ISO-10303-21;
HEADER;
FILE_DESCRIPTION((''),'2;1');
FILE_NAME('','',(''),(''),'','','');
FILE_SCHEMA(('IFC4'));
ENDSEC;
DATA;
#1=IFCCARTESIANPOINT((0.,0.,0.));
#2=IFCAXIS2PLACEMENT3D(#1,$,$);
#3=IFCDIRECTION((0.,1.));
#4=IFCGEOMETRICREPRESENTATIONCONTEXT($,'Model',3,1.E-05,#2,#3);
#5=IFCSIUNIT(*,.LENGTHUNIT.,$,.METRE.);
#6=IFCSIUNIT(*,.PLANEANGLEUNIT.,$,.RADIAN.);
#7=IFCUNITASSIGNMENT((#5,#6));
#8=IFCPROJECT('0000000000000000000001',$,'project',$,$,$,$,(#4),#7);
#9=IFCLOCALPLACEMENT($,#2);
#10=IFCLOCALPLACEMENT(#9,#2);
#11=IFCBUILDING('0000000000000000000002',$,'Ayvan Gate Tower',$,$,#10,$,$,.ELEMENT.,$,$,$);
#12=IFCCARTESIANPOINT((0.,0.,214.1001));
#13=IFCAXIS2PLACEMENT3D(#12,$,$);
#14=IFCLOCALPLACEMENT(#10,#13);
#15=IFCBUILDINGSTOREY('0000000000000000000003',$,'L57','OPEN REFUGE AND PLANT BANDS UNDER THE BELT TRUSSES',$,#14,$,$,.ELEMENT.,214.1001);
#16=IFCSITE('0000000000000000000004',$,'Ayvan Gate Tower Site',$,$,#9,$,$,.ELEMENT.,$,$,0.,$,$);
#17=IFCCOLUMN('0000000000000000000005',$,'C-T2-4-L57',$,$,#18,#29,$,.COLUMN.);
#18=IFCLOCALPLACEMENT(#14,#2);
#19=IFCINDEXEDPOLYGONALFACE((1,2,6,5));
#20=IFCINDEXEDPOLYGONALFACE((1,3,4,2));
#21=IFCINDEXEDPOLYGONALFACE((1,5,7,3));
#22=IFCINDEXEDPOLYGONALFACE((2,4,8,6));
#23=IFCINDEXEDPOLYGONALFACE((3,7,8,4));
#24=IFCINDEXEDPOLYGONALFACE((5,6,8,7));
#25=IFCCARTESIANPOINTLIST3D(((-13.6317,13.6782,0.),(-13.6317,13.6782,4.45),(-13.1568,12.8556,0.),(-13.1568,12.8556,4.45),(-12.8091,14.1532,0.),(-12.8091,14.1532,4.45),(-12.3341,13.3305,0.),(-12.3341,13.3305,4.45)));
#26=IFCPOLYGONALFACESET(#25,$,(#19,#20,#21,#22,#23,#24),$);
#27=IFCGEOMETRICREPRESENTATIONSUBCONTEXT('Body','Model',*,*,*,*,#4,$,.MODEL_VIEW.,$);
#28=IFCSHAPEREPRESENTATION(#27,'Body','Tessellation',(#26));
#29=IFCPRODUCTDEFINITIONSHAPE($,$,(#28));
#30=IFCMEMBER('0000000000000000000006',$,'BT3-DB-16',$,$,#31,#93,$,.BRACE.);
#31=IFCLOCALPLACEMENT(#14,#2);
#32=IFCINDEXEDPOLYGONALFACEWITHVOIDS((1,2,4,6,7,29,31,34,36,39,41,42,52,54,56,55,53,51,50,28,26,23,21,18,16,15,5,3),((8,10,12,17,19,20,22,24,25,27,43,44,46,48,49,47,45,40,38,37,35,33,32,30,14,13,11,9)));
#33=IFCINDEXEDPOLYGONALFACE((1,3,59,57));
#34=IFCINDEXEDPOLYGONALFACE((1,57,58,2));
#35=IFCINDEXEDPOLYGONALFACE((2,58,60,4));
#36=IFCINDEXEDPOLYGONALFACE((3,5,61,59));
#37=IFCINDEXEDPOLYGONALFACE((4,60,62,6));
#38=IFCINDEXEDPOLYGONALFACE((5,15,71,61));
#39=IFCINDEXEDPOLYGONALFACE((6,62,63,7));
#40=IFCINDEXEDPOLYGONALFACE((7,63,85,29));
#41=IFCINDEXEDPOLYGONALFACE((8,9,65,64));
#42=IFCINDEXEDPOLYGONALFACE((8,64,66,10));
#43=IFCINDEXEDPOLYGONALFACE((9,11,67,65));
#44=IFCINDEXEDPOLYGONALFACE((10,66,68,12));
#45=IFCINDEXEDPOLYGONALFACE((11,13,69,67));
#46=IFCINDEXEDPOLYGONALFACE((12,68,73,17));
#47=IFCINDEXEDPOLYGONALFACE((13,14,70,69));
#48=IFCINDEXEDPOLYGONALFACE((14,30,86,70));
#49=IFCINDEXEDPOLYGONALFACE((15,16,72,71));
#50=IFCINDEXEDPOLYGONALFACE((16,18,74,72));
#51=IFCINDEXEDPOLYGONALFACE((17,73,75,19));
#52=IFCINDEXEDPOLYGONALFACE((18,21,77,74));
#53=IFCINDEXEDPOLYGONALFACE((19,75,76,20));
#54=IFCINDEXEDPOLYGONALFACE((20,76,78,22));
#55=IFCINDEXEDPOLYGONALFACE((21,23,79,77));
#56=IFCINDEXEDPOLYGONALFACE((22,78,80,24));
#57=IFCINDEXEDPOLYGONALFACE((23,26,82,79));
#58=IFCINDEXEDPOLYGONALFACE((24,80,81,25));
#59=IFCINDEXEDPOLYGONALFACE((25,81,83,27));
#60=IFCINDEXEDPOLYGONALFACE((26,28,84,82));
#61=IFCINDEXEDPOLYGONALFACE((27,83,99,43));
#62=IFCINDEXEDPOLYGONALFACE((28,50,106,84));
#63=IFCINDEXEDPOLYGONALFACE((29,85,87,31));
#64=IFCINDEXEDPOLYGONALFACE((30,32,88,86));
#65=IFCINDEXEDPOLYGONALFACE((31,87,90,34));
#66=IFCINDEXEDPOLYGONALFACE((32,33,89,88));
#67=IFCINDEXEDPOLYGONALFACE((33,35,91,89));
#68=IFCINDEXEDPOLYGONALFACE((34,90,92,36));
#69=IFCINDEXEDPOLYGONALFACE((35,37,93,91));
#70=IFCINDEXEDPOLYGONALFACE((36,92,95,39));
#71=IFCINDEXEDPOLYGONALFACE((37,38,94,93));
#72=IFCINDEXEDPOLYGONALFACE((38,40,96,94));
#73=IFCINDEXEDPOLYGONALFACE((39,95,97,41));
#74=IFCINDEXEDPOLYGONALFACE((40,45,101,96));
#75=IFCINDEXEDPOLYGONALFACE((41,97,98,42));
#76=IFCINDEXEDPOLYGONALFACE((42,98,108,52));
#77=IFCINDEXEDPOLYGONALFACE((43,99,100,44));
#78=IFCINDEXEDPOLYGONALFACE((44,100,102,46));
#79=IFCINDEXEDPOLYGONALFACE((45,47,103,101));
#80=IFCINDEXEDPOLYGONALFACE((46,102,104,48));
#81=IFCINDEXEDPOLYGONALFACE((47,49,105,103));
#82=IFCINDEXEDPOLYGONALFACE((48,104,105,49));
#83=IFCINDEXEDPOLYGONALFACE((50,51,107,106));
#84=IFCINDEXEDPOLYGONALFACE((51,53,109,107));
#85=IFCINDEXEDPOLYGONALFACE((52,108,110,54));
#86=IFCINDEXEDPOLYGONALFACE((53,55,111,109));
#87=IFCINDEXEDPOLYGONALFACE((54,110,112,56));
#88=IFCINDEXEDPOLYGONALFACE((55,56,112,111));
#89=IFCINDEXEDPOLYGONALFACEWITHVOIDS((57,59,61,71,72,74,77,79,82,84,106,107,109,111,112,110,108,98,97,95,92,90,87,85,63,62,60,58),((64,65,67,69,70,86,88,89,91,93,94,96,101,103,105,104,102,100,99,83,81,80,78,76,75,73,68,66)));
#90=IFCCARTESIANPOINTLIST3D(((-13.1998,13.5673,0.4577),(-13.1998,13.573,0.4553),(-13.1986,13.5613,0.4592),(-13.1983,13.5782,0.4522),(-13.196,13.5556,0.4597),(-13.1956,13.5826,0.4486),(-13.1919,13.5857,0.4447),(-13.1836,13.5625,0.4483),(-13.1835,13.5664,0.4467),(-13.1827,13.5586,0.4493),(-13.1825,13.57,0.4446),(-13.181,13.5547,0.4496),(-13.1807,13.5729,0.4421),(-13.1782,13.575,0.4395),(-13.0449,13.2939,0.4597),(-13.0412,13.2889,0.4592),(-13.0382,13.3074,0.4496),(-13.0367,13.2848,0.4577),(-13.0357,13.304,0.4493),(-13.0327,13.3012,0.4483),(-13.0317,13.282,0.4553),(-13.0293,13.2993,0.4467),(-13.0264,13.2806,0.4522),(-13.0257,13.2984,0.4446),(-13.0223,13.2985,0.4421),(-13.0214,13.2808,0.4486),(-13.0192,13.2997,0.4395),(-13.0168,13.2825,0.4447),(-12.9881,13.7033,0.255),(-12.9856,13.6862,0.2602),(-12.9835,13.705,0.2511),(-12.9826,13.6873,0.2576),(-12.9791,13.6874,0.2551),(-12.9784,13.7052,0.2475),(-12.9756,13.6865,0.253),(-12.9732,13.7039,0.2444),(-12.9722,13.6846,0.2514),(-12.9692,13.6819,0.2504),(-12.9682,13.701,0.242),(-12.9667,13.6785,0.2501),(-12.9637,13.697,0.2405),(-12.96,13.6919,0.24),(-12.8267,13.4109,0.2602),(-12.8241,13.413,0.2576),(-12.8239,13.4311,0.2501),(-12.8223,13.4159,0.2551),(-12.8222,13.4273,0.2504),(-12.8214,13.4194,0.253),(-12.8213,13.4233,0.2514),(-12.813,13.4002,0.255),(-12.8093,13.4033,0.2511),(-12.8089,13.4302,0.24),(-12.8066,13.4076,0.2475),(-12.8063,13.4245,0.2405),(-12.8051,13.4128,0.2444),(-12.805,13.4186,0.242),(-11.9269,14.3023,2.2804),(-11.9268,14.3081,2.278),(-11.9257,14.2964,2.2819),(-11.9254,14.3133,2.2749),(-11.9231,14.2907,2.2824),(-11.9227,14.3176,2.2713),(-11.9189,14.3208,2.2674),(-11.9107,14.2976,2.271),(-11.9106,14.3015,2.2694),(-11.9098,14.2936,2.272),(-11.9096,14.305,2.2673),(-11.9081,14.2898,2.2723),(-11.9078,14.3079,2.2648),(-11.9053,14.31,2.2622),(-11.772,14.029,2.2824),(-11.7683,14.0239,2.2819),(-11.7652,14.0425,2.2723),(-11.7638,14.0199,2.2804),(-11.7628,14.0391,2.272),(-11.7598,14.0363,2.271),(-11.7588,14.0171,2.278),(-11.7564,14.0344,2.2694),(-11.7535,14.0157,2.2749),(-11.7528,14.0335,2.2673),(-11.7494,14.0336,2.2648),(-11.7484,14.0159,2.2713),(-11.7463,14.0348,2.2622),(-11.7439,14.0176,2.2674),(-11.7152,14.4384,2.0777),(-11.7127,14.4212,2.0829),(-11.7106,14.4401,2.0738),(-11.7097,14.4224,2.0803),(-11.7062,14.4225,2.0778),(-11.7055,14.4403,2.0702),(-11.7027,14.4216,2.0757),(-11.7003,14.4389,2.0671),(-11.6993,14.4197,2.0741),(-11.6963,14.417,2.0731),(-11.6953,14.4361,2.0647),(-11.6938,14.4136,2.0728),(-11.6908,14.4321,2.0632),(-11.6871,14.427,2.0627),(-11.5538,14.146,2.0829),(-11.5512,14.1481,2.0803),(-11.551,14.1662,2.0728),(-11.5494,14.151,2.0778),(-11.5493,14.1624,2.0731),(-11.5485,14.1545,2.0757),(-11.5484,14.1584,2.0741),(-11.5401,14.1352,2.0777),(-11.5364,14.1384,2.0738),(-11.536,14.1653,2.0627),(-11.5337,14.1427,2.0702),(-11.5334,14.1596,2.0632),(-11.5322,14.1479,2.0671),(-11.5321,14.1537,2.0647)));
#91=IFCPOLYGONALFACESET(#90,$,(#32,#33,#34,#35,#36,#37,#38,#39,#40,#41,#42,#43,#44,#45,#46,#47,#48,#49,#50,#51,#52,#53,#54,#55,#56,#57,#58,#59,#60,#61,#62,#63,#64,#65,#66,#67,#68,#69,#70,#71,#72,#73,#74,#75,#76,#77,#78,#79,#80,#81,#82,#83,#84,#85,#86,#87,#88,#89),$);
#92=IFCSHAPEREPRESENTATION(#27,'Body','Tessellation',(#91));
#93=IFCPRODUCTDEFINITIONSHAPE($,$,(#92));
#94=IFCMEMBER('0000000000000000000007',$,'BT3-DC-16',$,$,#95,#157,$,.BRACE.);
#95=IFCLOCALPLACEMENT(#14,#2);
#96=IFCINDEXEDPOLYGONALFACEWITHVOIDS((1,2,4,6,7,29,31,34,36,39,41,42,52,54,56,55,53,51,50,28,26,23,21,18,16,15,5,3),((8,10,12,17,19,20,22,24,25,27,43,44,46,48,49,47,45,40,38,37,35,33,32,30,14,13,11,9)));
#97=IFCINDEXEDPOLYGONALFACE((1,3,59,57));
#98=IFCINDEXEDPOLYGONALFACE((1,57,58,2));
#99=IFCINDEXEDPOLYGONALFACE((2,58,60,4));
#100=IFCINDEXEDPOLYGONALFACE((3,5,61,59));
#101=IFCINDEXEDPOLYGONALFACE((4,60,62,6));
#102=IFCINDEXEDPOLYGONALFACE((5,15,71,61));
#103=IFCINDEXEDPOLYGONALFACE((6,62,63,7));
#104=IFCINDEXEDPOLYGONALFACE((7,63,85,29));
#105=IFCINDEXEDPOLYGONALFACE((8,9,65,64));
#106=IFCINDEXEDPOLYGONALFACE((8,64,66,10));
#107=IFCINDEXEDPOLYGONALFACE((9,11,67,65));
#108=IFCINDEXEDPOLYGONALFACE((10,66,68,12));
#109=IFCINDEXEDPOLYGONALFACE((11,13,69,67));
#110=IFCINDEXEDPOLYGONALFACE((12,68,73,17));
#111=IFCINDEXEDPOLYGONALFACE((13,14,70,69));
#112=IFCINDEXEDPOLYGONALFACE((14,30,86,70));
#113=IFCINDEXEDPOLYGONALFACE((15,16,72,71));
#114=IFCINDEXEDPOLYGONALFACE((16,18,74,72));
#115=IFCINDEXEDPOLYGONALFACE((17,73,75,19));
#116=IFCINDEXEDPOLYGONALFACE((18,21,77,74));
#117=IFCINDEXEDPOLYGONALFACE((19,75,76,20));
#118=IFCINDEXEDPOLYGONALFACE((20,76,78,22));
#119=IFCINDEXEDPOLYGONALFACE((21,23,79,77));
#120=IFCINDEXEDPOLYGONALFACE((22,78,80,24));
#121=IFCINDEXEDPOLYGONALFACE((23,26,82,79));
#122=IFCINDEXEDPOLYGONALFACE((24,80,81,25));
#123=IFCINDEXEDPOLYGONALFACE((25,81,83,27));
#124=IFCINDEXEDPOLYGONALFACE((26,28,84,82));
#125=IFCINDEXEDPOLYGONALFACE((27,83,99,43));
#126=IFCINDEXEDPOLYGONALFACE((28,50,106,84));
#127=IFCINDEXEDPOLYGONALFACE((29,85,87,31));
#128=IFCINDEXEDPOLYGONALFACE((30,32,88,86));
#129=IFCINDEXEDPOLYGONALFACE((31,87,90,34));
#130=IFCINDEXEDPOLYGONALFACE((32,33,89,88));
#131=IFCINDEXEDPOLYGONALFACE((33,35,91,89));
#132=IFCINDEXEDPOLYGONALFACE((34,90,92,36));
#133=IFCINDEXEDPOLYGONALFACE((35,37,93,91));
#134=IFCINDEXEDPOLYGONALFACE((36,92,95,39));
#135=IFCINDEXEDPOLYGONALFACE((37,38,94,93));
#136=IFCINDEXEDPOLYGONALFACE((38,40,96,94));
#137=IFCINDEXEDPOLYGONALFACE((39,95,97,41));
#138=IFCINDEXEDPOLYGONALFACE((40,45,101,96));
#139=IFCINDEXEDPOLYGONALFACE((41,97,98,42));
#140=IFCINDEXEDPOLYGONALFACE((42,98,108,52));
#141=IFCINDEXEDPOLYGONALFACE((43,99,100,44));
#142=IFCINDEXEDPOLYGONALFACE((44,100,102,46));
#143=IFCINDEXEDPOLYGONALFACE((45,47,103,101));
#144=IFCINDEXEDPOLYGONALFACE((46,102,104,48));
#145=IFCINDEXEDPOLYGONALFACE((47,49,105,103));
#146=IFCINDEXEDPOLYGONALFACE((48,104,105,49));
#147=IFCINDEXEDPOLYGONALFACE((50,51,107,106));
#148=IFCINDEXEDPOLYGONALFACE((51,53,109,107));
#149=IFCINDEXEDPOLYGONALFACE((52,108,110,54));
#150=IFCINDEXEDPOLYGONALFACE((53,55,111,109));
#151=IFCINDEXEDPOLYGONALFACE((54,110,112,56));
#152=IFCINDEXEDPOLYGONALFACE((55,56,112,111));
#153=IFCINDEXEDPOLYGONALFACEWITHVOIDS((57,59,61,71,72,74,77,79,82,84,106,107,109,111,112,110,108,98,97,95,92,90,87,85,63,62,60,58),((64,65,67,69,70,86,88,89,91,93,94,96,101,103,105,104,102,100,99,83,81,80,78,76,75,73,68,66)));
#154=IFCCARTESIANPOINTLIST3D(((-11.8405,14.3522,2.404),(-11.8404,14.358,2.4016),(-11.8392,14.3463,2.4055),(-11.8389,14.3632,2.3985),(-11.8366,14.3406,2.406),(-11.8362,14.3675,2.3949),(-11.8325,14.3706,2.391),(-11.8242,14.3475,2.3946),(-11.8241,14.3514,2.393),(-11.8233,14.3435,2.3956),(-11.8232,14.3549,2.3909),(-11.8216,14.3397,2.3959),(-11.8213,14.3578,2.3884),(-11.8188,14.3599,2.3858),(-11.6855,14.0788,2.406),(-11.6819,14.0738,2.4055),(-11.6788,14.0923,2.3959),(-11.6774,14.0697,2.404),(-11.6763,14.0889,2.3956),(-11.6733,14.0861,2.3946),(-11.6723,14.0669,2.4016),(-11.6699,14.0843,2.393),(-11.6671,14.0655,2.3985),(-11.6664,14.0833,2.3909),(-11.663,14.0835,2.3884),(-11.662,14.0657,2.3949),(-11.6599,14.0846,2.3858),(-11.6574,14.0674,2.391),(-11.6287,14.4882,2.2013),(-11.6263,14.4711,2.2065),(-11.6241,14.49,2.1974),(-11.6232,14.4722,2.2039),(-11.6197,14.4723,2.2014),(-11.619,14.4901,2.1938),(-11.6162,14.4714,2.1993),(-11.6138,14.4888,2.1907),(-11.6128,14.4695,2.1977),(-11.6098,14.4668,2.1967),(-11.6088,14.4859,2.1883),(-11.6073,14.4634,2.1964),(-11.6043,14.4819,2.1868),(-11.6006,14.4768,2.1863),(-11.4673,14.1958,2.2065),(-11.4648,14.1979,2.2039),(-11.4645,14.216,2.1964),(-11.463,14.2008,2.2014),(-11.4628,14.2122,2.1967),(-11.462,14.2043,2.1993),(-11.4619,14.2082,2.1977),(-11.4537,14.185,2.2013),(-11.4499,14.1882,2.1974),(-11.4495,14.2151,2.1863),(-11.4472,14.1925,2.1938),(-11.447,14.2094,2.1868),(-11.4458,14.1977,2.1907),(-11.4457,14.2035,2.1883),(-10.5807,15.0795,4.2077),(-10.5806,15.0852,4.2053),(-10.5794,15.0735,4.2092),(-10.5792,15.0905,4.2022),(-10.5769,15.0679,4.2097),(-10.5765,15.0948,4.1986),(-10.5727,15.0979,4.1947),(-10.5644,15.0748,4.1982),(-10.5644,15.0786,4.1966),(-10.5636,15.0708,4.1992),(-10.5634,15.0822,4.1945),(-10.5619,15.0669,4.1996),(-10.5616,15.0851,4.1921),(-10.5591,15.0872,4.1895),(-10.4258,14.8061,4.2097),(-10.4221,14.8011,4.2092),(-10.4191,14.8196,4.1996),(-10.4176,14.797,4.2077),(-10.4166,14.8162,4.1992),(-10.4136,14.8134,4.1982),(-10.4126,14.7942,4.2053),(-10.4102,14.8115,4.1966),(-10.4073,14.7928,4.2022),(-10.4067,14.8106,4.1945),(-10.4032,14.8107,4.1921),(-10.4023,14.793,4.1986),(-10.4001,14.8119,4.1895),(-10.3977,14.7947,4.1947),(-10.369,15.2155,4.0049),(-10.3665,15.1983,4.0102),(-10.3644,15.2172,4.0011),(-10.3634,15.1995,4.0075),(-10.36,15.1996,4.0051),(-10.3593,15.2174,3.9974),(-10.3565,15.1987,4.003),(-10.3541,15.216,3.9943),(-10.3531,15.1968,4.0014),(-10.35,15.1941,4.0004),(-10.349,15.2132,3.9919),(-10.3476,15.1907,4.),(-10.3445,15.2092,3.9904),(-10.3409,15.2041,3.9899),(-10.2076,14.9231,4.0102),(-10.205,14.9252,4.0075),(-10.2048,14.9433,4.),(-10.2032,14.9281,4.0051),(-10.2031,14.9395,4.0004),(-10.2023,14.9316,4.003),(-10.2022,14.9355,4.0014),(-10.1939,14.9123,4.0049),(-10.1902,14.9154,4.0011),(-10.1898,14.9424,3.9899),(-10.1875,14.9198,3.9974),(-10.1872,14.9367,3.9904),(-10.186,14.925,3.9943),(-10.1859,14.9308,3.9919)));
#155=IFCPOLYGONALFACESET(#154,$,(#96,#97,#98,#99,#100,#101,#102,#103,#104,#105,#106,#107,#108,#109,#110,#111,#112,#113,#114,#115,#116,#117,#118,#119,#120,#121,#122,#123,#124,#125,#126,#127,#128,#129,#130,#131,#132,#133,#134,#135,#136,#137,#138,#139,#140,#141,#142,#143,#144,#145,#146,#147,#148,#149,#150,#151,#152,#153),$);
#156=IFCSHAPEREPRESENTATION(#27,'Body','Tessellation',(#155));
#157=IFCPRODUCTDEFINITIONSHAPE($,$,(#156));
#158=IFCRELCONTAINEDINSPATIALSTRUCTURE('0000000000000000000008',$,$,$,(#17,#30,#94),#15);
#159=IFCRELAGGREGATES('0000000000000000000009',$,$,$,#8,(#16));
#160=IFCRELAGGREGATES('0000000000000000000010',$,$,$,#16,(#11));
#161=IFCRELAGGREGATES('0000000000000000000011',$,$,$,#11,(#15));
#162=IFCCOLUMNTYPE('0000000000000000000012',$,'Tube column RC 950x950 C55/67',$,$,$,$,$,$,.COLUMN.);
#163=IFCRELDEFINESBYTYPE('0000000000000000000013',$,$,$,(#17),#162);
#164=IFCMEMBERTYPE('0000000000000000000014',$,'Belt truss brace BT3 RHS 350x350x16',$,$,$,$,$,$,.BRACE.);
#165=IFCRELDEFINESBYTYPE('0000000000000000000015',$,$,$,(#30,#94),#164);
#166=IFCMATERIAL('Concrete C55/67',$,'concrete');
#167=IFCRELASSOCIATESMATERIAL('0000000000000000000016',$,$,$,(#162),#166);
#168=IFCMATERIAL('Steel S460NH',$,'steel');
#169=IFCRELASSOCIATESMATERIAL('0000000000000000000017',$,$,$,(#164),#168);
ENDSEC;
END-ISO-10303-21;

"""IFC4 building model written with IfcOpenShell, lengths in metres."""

from ifc_helpers import new_model, si_unit, direction, frame, origin, origin_2d, place, context, subcontext, project, spatial, rectangle, hollow_rectangle, extrude, material, material_profile, profile_set, type_object, element, save


model = new_model("IFC4")

# Units and contexts
model_context = context("Model", 3, precision=1e-05, world=origin(), true_north=direction((0.0, 1.0)))
body_context = subcontext(model_context, "Body", "Model", "MODEL_VIEW")
ifc_project = project(units=[si_unit("LENGTHUNIT", "METRE"), si_unit("PLANEANGLEUNIT", "RADIAN")], contexts=[model_context])

# Site, building, storey
site_placement = place(None, origin())
site = spatial("IfcSite", under=ifc_project, at=site_placement, Name="Ayvan Gate Tower Site", CompositionType="ELEMENT", RefElevation=0.0)
building_placement = place(site_placement, origin())
building = spatial("IfcBuilding", under=site, at=building_placement, Name="Ayvan Gate Tower", CompositionType="ELEMENT")
storey_placement = place(building_placement, frame((0.0, 0.0, 214.1001)))
storey = spatial("IfcBuildingStorey", under=building, at=storey_placement, Name="L57", Description="OPEN REFUGE AND PLANT BANDS UNDER THE BELT TRUSSES", CompositionType="ELEMENT", Elevation=214.1001)

# Column
ifc_material_1 = material(Name="Concrete C55/67", Category="concrete")
ifc_material_profile_1 = material_profile(ifc_material_1, rectangle(XDim=0.95, YDim=0.95, at=origin_2d()), Name="RC 950x950")
ifc_profile_set_1 = profile_set([ifc_material_profile_1], Name="Concrete C55/67")
column_type = type_object("IfcColumnType", Name="Tube column RC 950x950 C55/67", PredefinedType="COLUMN", material=ifc_profile_set_1)
column_placement = place(storey_placement, frame((-12.9829, 13.5044, 0.0), z_axis=(0.0, 0.0, 1.0), x_axis=(-0.5, 0.866025, 0.0)))
element("IfcColumn", 1, at=column_placement, inside=storey, type_object=column_type, Name="C-T2-4-L57", PredefinedType="COLUMN", context=body_context, shape_type="SweptSolid", body=[
    extrude(rectangle(XDim=0.95, YDim=0.95, at=origin_2d()), origin(), (0.0, 0.0, 1.0), 4.45),
])

# Members
ifc_material_2 = material(Name="Steel S460NH", Category="steel")
ifc_material_profile_2 = material_profile(ifc_material_2, hollow_rectangle(XDim=0.3501, YDim=0.3501, WallThickness=0.0161, InnerFilletRadius=0.0161, OuterFilletRadius=0.0239, at=origin_2d()), Name="RHS 350x350x16")
ifc_profile_set_2 = profile_set([ifc_material_profile_2], Name="Steel S460NH")
member_type_1 = type_object("IfcMemberType", Name="Belt truss brace BT3 RHS 350x350x16", PredefinedType="BRACE", material=ifc_profile_set_2)
member_1_placement = place(storey_placement, frame((-13.0024, 13.4929, 0.3499), z_axis=(0.543618, 0.31393, 0.778414), x_axis=(-0.500087, 0.865975, 0.0)))
element("IfcMember", 2, at=member_1_placement, inside=storey, type_object=member_type_1, Name="BT3-DB-16", PredefinedType="BRACE", context=body_context, shape_type="SweptSolid", body=[
    extrude(hollow_rectangle(XDim=0.3501, YDim=0.3501, WallThickness=0.0161, InnerFilletRadius=0.0161, OuterFilletRadius=0.0239, at=origin_2d()), origin(), (0.0, 0.0, 1.0), 2.3416),
])
member_2_placement = place(storey_placement, frame((-11.6431, 14.2778, 2.2961), z_axis=(0.543662, 0.31387, 0.778407), x_axis=(-0.499984, 0.866035, 0.0)))
element("IfcMember", 3, at=member_2_placement, inside=storey, type_object=member_type_1, Name="BT3-DC-16", PredefinedType="BRACE", context=body_context, shape_type="SweptSolid", body=[
    extrude(hollow_rectangle(XDim=0.3501, YDim=0.3501, WallThickness=0.0161, InnerFilletRadius=0.0161, OuterFilletRadius=0.0239, at=origin_2d()), origin(), (0.0, 0.0, 1.0), 2.3171),
])

save(model, "model.ifc")
